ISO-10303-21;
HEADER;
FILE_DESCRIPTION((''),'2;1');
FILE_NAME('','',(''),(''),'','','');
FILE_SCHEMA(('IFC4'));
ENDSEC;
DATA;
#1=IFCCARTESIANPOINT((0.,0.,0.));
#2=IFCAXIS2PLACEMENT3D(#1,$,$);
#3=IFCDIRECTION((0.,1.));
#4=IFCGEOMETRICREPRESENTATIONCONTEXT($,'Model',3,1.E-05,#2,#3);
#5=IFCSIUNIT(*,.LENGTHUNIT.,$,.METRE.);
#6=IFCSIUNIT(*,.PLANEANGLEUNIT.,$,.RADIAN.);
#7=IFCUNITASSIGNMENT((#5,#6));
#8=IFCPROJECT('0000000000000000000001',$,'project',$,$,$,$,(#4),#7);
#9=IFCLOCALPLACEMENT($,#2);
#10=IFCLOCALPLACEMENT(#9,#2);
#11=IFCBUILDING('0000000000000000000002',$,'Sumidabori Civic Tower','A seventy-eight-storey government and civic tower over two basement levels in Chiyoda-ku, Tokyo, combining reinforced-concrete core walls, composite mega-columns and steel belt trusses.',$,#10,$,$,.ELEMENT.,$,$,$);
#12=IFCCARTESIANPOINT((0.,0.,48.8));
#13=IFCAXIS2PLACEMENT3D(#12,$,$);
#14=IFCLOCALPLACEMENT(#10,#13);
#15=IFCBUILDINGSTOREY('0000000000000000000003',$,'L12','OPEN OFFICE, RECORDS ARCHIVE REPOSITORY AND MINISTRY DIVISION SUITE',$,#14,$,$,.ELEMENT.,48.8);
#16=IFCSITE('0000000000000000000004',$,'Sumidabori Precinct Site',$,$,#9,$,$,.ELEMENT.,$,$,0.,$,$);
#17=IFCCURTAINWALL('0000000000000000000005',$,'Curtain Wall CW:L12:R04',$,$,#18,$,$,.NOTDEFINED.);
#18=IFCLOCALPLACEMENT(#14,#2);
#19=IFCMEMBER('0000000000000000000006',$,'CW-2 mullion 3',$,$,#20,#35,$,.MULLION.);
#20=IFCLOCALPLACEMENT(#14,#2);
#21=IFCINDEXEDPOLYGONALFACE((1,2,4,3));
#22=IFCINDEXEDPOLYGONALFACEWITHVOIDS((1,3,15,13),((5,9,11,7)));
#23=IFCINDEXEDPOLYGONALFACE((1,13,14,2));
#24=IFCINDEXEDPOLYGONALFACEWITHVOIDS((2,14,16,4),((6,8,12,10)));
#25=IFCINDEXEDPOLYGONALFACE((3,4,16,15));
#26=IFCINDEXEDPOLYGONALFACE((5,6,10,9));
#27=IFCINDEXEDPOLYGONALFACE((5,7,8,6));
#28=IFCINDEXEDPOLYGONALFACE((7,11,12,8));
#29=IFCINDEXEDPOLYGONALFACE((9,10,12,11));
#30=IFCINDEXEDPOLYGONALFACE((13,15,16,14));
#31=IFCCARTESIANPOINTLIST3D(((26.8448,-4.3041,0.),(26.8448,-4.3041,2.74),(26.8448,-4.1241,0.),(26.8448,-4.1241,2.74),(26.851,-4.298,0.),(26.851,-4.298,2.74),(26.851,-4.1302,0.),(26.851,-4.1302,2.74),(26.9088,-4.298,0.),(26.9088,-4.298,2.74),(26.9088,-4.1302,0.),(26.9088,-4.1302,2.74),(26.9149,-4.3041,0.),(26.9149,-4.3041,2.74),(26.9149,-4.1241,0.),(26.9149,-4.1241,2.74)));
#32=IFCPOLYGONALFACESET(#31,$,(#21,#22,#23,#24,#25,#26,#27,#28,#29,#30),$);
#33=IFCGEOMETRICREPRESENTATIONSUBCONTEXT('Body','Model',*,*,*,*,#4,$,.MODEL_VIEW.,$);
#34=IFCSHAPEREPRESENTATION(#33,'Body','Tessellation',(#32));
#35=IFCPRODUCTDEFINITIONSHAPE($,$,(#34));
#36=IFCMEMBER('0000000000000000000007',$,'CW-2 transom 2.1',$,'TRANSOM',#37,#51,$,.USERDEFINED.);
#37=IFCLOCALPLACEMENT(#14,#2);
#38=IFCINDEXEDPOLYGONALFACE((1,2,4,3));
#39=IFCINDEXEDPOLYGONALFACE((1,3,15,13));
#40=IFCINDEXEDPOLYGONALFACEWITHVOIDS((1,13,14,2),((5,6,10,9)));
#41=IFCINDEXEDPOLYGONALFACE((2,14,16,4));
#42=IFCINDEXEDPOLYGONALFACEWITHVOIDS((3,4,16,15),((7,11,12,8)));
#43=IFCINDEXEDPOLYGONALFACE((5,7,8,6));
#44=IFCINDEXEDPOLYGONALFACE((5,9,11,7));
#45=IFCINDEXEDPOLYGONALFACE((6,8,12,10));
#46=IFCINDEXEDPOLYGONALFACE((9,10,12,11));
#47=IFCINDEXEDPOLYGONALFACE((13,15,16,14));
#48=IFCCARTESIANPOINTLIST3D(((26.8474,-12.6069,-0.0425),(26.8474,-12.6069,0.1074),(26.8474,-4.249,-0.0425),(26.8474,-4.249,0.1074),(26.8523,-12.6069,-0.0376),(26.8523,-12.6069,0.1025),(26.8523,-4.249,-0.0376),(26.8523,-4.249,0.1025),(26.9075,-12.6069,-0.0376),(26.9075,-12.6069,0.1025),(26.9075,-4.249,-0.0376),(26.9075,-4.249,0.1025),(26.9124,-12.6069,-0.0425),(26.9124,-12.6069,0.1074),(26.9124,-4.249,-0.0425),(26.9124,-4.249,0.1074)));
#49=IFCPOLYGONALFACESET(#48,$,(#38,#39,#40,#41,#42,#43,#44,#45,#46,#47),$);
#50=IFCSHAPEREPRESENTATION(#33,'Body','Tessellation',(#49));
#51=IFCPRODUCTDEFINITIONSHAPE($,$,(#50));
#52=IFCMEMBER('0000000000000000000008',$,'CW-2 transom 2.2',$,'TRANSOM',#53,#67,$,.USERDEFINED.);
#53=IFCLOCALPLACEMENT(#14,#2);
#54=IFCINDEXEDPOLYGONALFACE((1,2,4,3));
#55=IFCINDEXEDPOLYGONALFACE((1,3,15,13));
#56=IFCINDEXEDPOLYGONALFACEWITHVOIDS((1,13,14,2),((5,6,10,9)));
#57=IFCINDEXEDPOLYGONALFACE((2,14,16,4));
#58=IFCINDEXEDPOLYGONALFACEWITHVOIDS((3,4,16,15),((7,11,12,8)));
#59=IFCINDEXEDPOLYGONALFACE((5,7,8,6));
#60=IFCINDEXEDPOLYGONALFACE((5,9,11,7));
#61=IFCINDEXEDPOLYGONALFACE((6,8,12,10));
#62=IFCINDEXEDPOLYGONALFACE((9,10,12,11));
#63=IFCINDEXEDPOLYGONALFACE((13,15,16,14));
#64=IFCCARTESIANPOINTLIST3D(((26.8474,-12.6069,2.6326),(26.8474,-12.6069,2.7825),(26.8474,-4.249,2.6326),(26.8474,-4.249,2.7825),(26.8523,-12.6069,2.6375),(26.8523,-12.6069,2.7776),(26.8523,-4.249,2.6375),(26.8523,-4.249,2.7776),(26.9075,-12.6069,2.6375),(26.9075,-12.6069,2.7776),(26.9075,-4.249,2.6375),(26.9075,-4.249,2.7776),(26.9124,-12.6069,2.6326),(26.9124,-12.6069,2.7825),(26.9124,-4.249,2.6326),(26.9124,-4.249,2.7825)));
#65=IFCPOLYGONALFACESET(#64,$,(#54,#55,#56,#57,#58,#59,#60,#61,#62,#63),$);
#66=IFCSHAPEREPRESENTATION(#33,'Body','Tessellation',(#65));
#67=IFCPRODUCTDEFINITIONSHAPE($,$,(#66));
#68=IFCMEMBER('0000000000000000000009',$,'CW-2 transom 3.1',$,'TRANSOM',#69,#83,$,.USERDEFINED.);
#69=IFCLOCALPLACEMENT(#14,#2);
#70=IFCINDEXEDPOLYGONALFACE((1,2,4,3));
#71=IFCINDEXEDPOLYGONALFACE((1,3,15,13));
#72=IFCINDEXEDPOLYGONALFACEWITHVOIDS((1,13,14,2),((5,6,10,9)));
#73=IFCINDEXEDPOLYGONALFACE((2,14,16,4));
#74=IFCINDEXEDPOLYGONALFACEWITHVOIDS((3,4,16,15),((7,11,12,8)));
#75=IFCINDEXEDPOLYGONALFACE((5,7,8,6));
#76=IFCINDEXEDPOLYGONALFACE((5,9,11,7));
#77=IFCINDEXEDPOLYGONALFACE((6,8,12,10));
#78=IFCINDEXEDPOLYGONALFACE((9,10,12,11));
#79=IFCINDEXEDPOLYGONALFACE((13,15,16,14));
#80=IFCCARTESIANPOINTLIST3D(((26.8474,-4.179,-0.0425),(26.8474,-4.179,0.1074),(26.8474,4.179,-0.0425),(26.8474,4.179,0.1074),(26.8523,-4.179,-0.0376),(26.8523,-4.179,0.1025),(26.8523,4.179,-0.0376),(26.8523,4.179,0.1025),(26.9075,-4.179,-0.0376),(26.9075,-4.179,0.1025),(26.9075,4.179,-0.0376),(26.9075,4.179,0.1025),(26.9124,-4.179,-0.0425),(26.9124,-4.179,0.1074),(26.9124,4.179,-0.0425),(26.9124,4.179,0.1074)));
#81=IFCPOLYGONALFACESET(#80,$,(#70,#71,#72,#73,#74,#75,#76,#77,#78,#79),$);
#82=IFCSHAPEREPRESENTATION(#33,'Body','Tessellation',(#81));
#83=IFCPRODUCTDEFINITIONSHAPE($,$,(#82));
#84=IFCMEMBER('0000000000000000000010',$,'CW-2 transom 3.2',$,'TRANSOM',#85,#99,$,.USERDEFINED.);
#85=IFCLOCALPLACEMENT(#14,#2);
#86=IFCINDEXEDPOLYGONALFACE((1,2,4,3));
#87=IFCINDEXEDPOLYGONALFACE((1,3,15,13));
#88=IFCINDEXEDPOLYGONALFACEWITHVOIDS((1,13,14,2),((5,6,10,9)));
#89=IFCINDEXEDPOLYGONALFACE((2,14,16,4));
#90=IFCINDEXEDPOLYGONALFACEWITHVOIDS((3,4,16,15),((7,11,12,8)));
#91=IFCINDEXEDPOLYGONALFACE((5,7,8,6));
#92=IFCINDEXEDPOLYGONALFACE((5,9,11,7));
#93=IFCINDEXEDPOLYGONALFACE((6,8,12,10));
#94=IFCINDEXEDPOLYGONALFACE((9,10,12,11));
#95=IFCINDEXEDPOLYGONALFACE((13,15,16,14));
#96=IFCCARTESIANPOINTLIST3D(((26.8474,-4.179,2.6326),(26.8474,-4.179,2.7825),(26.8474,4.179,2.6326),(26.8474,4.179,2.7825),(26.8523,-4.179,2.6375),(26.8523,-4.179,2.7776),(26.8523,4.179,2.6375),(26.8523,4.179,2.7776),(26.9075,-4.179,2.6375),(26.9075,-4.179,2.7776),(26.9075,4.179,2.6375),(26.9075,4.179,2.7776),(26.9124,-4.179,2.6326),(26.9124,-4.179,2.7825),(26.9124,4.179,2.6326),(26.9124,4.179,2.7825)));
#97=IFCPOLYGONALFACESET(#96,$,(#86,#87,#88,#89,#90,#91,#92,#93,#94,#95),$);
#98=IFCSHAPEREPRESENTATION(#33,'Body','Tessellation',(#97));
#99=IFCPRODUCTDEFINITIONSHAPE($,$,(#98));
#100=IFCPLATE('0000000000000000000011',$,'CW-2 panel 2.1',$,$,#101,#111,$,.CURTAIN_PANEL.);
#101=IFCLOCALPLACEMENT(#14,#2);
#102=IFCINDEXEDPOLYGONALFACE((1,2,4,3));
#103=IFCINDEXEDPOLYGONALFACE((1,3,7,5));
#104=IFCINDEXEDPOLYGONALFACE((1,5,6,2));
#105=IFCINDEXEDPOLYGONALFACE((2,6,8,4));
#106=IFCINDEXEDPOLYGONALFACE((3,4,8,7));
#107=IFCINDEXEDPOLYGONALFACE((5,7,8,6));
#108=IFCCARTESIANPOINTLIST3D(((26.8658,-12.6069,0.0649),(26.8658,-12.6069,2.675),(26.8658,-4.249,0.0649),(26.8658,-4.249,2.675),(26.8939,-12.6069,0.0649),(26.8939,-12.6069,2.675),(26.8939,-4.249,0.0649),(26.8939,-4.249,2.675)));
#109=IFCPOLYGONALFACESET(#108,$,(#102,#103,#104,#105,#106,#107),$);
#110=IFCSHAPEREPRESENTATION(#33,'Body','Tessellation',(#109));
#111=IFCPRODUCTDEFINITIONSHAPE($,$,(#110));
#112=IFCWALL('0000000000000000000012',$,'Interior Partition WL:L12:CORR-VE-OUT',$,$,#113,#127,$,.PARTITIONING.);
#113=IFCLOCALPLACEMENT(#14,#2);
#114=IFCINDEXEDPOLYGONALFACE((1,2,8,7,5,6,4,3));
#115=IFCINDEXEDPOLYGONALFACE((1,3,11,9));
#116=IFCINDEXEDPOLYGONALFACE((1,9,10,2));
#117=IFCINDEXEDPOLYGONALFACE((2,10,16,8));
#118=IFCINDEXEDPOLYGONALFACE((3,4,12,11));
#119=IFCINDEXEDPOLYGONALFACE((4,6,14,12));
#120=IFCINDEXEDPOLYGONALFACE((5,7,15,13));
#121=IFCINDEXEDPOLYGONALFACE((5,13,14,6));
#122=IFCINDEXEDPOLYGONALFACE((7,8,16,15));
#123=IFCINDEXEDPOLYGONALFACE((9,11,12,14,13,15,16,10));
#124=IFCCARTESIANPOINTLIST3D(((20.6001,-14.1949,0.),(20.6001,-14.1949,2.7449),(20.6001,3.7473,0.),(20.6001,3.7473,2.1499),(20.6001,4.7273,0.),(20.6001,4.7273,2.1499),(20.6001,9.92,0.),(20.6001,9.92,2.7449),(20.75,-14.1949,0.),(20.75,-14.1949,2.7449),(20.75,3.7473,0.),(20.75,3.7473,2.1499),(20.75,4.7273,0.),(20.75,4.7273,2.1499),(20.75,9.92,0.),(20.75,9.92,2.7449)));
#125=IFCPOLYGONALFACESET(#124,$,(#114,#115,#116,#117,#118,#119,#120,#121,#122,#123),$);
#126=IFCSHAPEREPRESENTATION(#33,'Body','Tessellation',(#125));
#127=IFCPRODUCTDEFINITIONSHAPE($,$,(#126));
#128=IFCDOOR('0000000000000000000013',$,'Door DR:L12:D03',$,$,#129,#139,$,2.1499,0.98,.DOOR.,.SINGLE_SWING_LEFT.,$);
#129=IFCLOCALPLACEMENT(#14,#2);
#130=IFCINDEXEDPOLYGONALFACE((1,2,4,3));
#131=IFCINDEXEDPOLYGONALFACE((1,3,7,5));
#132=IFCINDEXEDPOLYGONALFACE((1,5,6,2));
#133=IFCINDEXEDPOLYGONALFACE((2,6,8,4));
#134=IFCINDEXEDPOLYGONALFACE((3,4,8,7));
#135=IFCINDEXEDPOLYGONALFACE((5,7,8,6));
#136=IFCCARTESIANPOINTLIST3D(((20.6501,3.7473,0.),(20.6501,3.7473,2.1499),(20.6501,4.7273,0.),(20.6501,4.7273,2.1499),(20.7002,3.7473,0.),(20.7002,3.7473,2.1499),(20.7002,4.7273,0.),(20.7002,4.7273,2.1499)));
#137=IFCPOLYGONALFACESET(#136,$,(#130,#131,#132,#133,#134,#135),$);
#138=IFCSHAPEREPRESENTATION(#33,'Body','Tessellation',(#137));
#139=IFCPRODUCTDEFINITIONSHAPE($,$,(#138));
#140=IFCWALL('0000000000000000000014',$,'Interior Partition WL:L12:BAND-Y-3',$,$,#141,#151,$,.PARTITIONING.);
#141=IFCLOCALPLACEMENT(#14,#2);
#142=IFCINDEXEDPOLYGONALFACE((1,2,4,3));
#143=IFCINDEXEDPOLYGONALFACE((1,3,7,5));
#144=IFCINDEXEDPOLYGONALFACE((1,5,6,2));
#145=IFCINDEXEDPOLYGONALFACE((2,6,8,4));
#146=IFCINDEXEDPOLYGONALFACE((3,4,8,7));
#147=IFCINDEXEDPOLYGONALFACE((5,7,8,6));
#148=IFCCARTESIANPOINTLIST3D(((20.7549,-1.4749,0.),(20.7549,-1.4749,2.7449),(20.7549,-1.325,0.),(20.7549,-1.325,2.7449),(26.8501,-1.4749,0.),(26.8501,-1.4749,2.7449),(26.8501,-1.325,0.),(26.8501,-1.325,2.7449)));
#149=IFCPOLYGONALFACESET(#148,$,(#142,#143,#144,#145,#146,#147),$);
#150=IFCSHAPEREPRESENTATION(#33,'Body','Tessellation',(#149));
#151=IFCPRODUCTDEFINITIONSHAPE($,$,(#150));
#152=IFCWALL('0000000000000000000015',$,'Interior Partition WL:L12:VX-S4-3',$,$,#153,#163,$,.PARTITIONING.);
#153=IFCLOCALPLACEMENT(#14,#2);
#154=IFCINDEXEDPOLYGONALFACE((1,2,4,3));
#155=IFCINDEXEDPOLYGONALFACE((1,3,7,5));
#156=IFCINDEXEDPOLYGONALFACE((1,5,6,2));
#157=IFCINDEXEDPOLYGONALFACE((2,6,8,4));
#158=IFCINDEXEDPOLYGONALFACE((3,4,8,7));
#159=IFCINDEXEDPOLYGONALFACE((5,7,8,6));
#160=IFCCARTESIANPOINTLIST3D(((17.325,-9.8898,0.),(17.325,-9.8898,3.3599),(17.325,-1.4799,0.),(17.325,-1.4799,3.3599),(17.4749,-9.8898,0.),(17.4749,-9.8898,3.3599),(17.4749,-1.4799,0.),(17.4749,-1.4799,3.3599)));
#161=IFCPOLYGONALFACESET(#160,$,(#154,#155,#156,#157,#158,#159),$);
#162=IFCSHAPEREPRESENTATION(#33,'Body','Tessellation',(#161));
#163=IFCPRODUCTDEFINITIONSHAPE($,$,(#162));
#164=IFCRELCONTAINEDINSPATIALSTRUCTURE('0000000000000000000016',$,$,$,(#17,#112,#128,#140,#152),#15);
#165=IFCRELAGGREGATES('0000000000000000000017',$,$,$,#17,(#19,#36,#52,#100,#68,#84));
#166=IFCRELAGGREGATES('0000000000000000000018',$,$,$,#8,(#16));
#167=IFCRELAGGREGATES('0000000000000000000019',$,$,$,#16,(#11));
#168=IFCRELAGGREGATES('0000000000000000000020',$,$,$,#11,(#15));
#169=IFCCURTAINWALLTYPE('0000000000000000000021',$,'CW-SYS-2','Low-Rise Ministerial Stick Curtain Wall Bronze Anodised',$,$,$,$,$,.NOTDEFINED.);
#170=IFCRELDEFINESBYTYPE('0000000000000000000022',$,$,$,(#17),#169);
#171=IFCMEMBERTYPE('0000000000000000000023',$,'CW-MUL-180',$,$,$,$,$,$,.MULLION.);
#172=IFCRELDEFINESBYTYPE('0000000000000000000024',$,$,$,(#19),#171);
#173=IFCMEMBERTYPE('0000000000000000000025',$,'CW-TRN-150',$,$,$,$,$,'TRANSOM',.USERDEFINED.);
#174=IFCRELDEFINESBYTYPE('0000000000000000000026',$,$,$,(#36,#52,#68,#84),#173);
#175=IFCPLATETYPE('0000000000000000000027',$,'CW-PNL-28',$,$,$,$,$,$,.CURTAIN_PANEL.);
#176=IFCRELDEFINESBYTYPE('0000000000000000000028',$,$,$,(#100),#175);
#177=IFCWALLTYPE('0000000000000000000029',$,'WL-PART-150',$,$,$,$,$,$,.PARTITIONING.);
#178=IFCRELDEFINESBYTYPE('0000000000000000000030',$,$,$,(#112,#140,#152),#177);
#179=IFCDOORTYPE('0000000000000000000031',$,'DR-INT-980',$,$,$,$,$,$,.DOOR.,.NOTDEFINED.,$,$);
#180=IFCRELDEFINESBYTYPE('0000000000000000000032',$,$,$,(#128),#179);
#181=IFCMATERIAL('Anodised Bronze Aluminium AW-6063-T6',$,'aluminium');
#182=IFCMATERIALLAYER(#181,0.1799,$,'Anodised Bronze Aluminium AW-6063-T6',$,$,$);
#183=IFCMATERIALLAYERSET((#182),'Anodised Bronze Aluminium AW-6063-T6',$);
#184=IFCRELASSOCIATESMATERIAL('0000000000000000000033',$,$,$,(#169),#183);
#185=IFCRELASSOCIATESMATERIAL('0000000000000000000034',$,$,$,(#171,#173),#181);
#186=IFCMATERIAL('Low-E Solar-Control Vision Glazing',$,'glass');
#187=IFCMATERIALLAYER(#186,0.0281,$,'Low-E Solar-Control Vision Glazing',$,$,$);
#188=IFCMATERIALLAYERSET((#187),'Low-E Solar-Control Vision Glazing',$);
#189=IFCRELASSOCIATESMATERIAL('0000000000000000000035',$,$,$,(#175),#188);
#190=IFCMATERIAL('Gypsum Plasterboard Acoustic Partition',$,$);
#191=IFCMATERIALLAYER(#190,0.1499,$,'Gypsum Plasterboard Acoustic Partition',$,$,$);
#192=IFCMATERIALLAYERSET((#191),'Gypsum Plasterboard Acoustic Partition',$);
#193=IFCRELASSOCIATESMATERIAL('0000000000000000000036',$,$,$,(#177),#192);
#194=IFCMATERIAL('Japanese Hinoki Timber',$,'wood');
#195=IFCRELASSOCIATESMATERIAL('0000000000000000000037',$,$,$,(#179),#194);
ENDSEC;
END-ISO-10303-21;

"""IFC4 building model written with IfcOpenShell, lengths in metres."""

from ifc_helpers import new_model, si_unit, direction, frame, frame_2d, origin, origin_2d, place, context, subcontext, project, spatial, rectangle, hollow_rectangle, extrude, source, transform, mapped, material, layer, layer_set, material_profile, profile_set, type_object, element, fill, aggregate, save


model = new_model("IFC4")

# Units and contexts
model_context = context("Model", 3, precision=1e-05, world=origin(), true_north=direction((0.0, 1.0)))
body_context = subcontext(model_context, "Body", "Model", "MODEL_VIEW")
ifc_project = project(units=[si_unit("LENGTHUNIT", "METRE"), si_unit("PLANEANGLEUNIT", "RADIAN")], contexts=[model_context])

# Site, building, storey
site_placement = place(None, origin())
site = spatial("IfcSite", under=ifc_project, at=site_placement, Name="Sumidabori Precinct Site", CompositionType="ELEMENT", RefElevation=0.0)
building_placement = place(site_placement, origin())
building = spatial("IfcBuilding", under=site, at=building_placement, Name="Sumidabori Civic Tower", Description="A seventy-eight-storey government and civic tower over two basement levels in Chiyoda-ku, Tokyo, combining reinforced-concrete core walls, composite mega-columns and steel belt trusses.", CompositionType="ELEMENT")
storey_placement = place(building_placement, frame((0.0, 0.0, 48.8)))
storey = spatial("IfcBuildingStorey", under=building, at=storey_placement, Name="L12", Description="OPEN OFFICE, RECORDS ARCHIVE REPOSITORY AND MINISTRY DIVISION SUITE", CompositionType="ELEMENT", Elevation=48.8)

# Curtain wall, members, plate
ifc_material_1 = material(Name="Anodised Bronze Aluminium AW-6063-T6", Category="aluminium")
ifc_layer_1 = layer(ifc_material_1, 0.1799, Name="Anodised Bronze Aluminium AW-6063-T6")
ifc_layer_set_1 = layer_set([ifc_layer_1], Name="Anodised Bronze Aluminium AW-6063-T6")
curtain_wall_type = type_object("IfcCurtainWallType", Name="CW-SYS-2", Description="Low-Rise Ministerial Stick Curtain Wall Bronze Anodised", PredefinedType="NOTDEFINED", material=ifc_layer_set_1)
curtain_wall_placement = place(storey_placement, origin())
curtain_wall = element("IfcCurtainWall", 1, at=curtain_wall_placement, inside=storey, type_object=curtain_wall_type, Name="Curtain Wall CW:L12:R04", PredefinedType="NOTDEFINED")
ifc_material_profile_1 = material_profile(ifc_material_1, hollow_rectangle(XDim=0.0701, YDim=0.1799, WallThickness=0.0061, at=origin_2d()), Name="ALU MULLION 180x70")
ifc_profile_set_1 = profile_set([ifc_material_profile_1], Name="Anodised Bronze Aluminium AW-6063-T6")
member_type_1 = type_object("IfcMemberType", Name="CW-MUL-180", PredefinedType="MULLION", material=ifc_profile_set_1)
shared_shape_1 = source(origin(), body_context, "Body", "SweptSolid", [
    extrude(hollow_rectangle(XDim=0.0701, YDim=0.1799, WallThickness=0.0061, at=origin_2d()), origin(), (0.0, 0.0, 1.0), 2.74),
])
member_1_placement = place(storey_placement, frame((26.8799, -4.2141, 0.0), z_axis=(0.0, 0.0, 1.0), x_axis=(-1.0, 0.0, 0.0)))
member_1 = element("IfcMember", 2, at=member_1_placement, type_object=member_type_1, Name="CW-2 mullion 3", PredefinedType="MULLION", context=body_context, shape_type="MappedRepresentation", body=[
    mapped(shared_shape_1, transform((0.0, 0.0, 0.0), x_axis=(1.0, 0.0, 0.0), y_axis=(0.0, 1.0, 0.0), z_axis=(0.0, 0.0, 1.0), scale=1.0)),
])
ifc_material_profile_2 = material_profile(ifc_material_1, hollow_rectangle(XDim=0.0649, YDim=0.1499, WallThickness=0.0049, at=origin_2d()), Name="ALU TRANSOM 150x65")
ifc_profile_set_2 = profile_set([ifc_material_profile_2], Name="Anodised Bronze Aluminium AW-6063-T6")
member_type_2 = type_object("IfcMemberType", Name="CW-TRN-150", ElementType="TRANSOM", PredefinedType="USERDEFINED", material=ifc_profile_set_2)
shared_shape_2 = source(origin(), body_context, "Body", "SweptSolid", [
    extrude(hollow_rectangle(XDim=0.0649, YDim=0.1499, WallThickness=0.0049, at=origin_2d()), origin(), (0.0, 0.0, 1.0), 8.3579),
])
member_2_placement = place(storey_placement, frame((26.8799, -12.6069, 0.0325), z_axis=(0.0, 1.0, 0.0), x_axis=(-1.0, 0.0, 0.0)))
member_2 = element("IfcMember", 3, at=member_2_placement, type_object=member_type_2, Name="CW-2 transom 2.1", ObjectType="TRANSOM", PredefinedType="USERDEFINED", context=body_context, shape_type="MappedRepresentation", body=[
    mapped(shared_shape_2, transform((0.0, 0.0, 0.0), x_axis=(1.0, 0.0, 0.0), y_axis=(0.0, 1.0, 0.0), z_axis=(0.0, 0.0, 1.0), scale=1.0)),
])
member_3_placement = place(storey_placement, frame((26.8799, -12.6069, 2.7075), z_axis=(0.0, 1.0, 0.0), x_axis=(-1.0, 0.0, 0.0)))
member_3 = element("IfcMember", 4, at=member_3_placement, type_object=member_type_2, Name="CW-2 transom 2.2", ObjectType="TRANSOM", PredefinedType="USERDEFINED", context=body_context, shape_type="MappedRepresentation", body=[
    mapped(shared_shape_2, transform((0.0, 0.0, 0.0), x_axis=(1.0, 0.0, 0.0), y_axis=(0.0, 1.0, 0.0), z_axis=(0.0, 0.0, 1.0), scale=1.0)),
])
member_4_placement = place(storey_placement, frame((26.8799, -4.179, 0.0325), z_axis=(0.0, 1.0, 0.0), x_axis=(-1.0, 0.0, 0.0)))
member_4 = element("IfcMember", 5, at=member_4_placement, type_object=member_type_2, Name="CW-2 transom 3.1", ObjectType="TRANSOM", PredefinedType="USERDEFINED", context=body_context, shape_type="MappedRepresentation", body=[
    mapped(shared_shape_2, transform((0.0, 0.0, 0.0), x_axis=(1.0, 0.0, 0.0), y_axis=(0.0, 1.0, 0.0), z_axis=(0.0, 0.0, 1.0), scale=1.0)),
])
member_5_placement = place(storey_placement, frame((26.8799, -4.179, 2.7075), z_axis=(0.0, 1.0, 0.0), x_axis=(-1.0, 0.0, 0.0)))
member_5 = element("IfcMember", 6, at=member_5_placement, type_object=member_type_2, Name="CW-2 transom 3.2", ObjectType="TRANSOM", PredefinedType="USERDEFINED", context=body_context, shape_type="MappedRepresentation", body=[
    mapped(shared_shape_2, transform((0.0, 0.0, 0.0), x_axis=(1.0, 0.0, 0.0), y_axis=(0.0, 1.0, 0.0), z_axis=(0.0, 0.0, 1.0), scale=1.0)),
])
ifc_material_2 = material(Name="Low-E Solar-Control Vision Glazing", Category="glass")
ifc_layer_2 = layer(ifc_material_2, 0.0281, Name="Low-E Solar-Control Vision Glazing")
ifc_layer_set_2 = layer_set([ifc_layer_2], Name="Low-E Solar-Control Vision Glazing")
plate_type = type_object("IfcPlateType", Name="CW-PNL-28", PredefinedType="CURTAIN_PANEL", material=ifc_layer_set_2)
shared_shape_3 = source(origin(), body_context, "Body", "SweptSolid", [
    extrude(rectangle(XDim=8.3579, YDim=0.0281, at=origin_2d()), origin(), (0.0, 0.0, 1.0), 2.6101),
])
plate_placement = place(storey_placement, frame((26.8799, -8.428, 0.0649), z_axis=(0.0, 0.0, 1.0), x_axis=(0.0, 1.0, 0.0)))
plate = element("IfcPlate", 7, at=plate_placement, type_object=plate_type, Name="CW-2 panel 2.1", PredefinedType="CURTAIN_PANEL", context=body_context, shape_type="MappedRepresentation", body=[
    mapped(shared_shape_3, transform((0.0, 0.0, 0.0), x_axis=(1.0, 0.0, 0.0), y_axis=(0.0, 1.0, 0.0), z_axis=(0.0, 0.0, 1.0), scale=1.0)),
])
aggregate(curtain_wall, [member_1, member_2, member_3, plate, member_4, member_5])

# Wall, opening, door
ifc_material_3 = material(Name="Gypsum Plasterboard Acoustic Partition")
ifc_layer_3 = layer(ifc_material_3, 0.1499, Name="Gypsum Plasterboard Acoustic Partition")
ifc_layer_set_3 = layer_set([ifc_layer_3], Name="Gypsum Plasterboard Acoustic Partition")
wall_type = type_object("IfcWallType", Name="WL-PART-150", PredefinedType="PARTITIONING", material=ifc_layer_set_3)
shared_shape_4 = source(origin(), body_context, "Body", "SweptSolid", [
    extrude(rectangle(XDim=24.115, YDim=0.1499, at=frame_2d((12.0576, 0.0))), origin(), (0.0, 0.0, 1.0), 2.7449),
])
wall_1_placement = place(storey_placement, frame((20.675, -14.1951, 0.0), z_axis=(0.0, 0.0, 1.0), x_axis=(0.0, 1.0, 0.0)))
wall_1 = element("IfcWall", 8, at=wall_1_placement, inside=storey, type_object=wall_type, Name="Interior Partition WL:L12:CORR-VE-OUT", PredefinedType="PARTITIONING", context=body_context, shape_type="MappedRepresentation", body=[
    mapped(shared_shape_4, transform((0.0, 0.0, 0.0), x_axis=(1.0, 0.0, 0.0), y_axis=(0.0, 1.0, 0.0), z_axis=(0.0, 0.0, 1.0), scale=1.0)),
])
opening_placement = place(wall_1_placement, frame((17.9424, 0.0, 0.0)))
opening = element("IfcOpeningElement", 9, at=opening_placement, cuts=wall_1, PredefinedType="OPENING", context=body_context, shape_type="SweptSolid", body=[
    extrude(rectangle(XDim=0.98, YDim=2.1499, at=frame_2d((0.49, 1.075))), frame((0.0, 0.0869, 0.0), z_axis=(0.0, -1.0, 0.0), x_axis=(1.0, 0.0, 0.0)), (0.0, 0.0, 1.0), 0.1738),
])
ifc_material_4 = material(Name="Japanese Hinoki Timber", Category="wood")
door_type = type_object("IfcDoorType", Name="DR-INT-980", OperationType="NOTDEFINED", PredefinedType="DOOR", material=ifc_material_4)
shared_shape_5 = source(origin(), body_context, "Body", "SweptSolid", [
    extrude(rectangle(XDim=0.98, YDim=2.1499, at=frame_2d((0.49, 1.075))), frame((0.0, 0.0249, 0.0), z_axis=(0.0, -1.0, 0.0), x_axis=(1.0, 0.0, 0.0)), (0.0, 0.0, 1.0), 0.05),
])
door_placement = place(opening_placement, origin())
door = element("IfcDoor", 10, at=door_placement, inside=storey, type_object=door_type, Name="Door DR:L12:D03", OperationType="SINGLE_SWING_LEFT", OverallHeight=2.1499, OverallWidth=0.98, PredefinedType="DOOR", context=body_context, shape_type="MappedRepresentation", body=[
    mapped(shared_shape_5, transform((0.0, 0.0, 0.0), x_axis=(1.0, 0.0, 0.0), y_axis=(0.0, 1.0, 0.0), z_axis=(0.0, 0.0, 1.0), scale=1.0)),
])
fill(opening, door)

# Walls
shared_shape_6 = source(origin(), body_context, "Body", "SweptSolid", [
    extrude(rectangle(XDim=6.0952, YDim=0.1499, at=frame_2d((3.0476, 0.0))), origin(), (0.0, 0.0, 1.0), 2.7449),
])
wall_2_placement = place(storey_placement, frame((20.7549, -1.3999, 0.0), z_axis=(0.0, 0.0, 1.0), x_axis=(1.0, 0.0, 0.0)))
element("IfcWall", 11, at=wall_2_placement, inside=storey, type_object=wall_type, Name="Interior Partition WL:L12:BAND-Y-3", PredefinedType="PARTITIONING", context=body_context, shape_type="MappedRepresentation", body=[
    mapped(shared_shape_6, transform((0.0, 0.0, 0.0), x_axis=(1.0, 0.0, 0.0), y_axis=(0.0, 1.0, 0.0), z_axis=(0.0, 0.0, 1.0), scale=1.0)),
])
shared_shape_7 = source(origin(), body_context, "Body", "SweptSolid", [
    extrude(rectangle(XDim=8.4099, YDim=0.1499, at=frame_2d((4.2051, 0.0))), origin(), (0.0, 0.0, 1.0), 3.3599),
])
wall_3_placement = place(storey_placement, frame((17.3999, -9.8899, 0.0), z_axis=(0.0, 0.0, 1.0), x_axis=(0.0, 1.0, 0.0)))
element("IfcWall", 12, at=wall_3_placement, inside=storey, type_object=wall_type, Name="Interior Partition WL:L12:VX-S4-3", PredefinedType="PARTITIONING", context=body_context, shape_type="MappedRepresentation", body=[
    mapped(shared_shape_7, transform((0.0, 0.0, 0.0), x_axis=(1.0, 0.0, 0.0), y_axis=(0.0, 1.0, 0.0), z_axis=(0.0, 0.0, 1.0), scale=1.0)),
])

save(model, "model.ifc")
